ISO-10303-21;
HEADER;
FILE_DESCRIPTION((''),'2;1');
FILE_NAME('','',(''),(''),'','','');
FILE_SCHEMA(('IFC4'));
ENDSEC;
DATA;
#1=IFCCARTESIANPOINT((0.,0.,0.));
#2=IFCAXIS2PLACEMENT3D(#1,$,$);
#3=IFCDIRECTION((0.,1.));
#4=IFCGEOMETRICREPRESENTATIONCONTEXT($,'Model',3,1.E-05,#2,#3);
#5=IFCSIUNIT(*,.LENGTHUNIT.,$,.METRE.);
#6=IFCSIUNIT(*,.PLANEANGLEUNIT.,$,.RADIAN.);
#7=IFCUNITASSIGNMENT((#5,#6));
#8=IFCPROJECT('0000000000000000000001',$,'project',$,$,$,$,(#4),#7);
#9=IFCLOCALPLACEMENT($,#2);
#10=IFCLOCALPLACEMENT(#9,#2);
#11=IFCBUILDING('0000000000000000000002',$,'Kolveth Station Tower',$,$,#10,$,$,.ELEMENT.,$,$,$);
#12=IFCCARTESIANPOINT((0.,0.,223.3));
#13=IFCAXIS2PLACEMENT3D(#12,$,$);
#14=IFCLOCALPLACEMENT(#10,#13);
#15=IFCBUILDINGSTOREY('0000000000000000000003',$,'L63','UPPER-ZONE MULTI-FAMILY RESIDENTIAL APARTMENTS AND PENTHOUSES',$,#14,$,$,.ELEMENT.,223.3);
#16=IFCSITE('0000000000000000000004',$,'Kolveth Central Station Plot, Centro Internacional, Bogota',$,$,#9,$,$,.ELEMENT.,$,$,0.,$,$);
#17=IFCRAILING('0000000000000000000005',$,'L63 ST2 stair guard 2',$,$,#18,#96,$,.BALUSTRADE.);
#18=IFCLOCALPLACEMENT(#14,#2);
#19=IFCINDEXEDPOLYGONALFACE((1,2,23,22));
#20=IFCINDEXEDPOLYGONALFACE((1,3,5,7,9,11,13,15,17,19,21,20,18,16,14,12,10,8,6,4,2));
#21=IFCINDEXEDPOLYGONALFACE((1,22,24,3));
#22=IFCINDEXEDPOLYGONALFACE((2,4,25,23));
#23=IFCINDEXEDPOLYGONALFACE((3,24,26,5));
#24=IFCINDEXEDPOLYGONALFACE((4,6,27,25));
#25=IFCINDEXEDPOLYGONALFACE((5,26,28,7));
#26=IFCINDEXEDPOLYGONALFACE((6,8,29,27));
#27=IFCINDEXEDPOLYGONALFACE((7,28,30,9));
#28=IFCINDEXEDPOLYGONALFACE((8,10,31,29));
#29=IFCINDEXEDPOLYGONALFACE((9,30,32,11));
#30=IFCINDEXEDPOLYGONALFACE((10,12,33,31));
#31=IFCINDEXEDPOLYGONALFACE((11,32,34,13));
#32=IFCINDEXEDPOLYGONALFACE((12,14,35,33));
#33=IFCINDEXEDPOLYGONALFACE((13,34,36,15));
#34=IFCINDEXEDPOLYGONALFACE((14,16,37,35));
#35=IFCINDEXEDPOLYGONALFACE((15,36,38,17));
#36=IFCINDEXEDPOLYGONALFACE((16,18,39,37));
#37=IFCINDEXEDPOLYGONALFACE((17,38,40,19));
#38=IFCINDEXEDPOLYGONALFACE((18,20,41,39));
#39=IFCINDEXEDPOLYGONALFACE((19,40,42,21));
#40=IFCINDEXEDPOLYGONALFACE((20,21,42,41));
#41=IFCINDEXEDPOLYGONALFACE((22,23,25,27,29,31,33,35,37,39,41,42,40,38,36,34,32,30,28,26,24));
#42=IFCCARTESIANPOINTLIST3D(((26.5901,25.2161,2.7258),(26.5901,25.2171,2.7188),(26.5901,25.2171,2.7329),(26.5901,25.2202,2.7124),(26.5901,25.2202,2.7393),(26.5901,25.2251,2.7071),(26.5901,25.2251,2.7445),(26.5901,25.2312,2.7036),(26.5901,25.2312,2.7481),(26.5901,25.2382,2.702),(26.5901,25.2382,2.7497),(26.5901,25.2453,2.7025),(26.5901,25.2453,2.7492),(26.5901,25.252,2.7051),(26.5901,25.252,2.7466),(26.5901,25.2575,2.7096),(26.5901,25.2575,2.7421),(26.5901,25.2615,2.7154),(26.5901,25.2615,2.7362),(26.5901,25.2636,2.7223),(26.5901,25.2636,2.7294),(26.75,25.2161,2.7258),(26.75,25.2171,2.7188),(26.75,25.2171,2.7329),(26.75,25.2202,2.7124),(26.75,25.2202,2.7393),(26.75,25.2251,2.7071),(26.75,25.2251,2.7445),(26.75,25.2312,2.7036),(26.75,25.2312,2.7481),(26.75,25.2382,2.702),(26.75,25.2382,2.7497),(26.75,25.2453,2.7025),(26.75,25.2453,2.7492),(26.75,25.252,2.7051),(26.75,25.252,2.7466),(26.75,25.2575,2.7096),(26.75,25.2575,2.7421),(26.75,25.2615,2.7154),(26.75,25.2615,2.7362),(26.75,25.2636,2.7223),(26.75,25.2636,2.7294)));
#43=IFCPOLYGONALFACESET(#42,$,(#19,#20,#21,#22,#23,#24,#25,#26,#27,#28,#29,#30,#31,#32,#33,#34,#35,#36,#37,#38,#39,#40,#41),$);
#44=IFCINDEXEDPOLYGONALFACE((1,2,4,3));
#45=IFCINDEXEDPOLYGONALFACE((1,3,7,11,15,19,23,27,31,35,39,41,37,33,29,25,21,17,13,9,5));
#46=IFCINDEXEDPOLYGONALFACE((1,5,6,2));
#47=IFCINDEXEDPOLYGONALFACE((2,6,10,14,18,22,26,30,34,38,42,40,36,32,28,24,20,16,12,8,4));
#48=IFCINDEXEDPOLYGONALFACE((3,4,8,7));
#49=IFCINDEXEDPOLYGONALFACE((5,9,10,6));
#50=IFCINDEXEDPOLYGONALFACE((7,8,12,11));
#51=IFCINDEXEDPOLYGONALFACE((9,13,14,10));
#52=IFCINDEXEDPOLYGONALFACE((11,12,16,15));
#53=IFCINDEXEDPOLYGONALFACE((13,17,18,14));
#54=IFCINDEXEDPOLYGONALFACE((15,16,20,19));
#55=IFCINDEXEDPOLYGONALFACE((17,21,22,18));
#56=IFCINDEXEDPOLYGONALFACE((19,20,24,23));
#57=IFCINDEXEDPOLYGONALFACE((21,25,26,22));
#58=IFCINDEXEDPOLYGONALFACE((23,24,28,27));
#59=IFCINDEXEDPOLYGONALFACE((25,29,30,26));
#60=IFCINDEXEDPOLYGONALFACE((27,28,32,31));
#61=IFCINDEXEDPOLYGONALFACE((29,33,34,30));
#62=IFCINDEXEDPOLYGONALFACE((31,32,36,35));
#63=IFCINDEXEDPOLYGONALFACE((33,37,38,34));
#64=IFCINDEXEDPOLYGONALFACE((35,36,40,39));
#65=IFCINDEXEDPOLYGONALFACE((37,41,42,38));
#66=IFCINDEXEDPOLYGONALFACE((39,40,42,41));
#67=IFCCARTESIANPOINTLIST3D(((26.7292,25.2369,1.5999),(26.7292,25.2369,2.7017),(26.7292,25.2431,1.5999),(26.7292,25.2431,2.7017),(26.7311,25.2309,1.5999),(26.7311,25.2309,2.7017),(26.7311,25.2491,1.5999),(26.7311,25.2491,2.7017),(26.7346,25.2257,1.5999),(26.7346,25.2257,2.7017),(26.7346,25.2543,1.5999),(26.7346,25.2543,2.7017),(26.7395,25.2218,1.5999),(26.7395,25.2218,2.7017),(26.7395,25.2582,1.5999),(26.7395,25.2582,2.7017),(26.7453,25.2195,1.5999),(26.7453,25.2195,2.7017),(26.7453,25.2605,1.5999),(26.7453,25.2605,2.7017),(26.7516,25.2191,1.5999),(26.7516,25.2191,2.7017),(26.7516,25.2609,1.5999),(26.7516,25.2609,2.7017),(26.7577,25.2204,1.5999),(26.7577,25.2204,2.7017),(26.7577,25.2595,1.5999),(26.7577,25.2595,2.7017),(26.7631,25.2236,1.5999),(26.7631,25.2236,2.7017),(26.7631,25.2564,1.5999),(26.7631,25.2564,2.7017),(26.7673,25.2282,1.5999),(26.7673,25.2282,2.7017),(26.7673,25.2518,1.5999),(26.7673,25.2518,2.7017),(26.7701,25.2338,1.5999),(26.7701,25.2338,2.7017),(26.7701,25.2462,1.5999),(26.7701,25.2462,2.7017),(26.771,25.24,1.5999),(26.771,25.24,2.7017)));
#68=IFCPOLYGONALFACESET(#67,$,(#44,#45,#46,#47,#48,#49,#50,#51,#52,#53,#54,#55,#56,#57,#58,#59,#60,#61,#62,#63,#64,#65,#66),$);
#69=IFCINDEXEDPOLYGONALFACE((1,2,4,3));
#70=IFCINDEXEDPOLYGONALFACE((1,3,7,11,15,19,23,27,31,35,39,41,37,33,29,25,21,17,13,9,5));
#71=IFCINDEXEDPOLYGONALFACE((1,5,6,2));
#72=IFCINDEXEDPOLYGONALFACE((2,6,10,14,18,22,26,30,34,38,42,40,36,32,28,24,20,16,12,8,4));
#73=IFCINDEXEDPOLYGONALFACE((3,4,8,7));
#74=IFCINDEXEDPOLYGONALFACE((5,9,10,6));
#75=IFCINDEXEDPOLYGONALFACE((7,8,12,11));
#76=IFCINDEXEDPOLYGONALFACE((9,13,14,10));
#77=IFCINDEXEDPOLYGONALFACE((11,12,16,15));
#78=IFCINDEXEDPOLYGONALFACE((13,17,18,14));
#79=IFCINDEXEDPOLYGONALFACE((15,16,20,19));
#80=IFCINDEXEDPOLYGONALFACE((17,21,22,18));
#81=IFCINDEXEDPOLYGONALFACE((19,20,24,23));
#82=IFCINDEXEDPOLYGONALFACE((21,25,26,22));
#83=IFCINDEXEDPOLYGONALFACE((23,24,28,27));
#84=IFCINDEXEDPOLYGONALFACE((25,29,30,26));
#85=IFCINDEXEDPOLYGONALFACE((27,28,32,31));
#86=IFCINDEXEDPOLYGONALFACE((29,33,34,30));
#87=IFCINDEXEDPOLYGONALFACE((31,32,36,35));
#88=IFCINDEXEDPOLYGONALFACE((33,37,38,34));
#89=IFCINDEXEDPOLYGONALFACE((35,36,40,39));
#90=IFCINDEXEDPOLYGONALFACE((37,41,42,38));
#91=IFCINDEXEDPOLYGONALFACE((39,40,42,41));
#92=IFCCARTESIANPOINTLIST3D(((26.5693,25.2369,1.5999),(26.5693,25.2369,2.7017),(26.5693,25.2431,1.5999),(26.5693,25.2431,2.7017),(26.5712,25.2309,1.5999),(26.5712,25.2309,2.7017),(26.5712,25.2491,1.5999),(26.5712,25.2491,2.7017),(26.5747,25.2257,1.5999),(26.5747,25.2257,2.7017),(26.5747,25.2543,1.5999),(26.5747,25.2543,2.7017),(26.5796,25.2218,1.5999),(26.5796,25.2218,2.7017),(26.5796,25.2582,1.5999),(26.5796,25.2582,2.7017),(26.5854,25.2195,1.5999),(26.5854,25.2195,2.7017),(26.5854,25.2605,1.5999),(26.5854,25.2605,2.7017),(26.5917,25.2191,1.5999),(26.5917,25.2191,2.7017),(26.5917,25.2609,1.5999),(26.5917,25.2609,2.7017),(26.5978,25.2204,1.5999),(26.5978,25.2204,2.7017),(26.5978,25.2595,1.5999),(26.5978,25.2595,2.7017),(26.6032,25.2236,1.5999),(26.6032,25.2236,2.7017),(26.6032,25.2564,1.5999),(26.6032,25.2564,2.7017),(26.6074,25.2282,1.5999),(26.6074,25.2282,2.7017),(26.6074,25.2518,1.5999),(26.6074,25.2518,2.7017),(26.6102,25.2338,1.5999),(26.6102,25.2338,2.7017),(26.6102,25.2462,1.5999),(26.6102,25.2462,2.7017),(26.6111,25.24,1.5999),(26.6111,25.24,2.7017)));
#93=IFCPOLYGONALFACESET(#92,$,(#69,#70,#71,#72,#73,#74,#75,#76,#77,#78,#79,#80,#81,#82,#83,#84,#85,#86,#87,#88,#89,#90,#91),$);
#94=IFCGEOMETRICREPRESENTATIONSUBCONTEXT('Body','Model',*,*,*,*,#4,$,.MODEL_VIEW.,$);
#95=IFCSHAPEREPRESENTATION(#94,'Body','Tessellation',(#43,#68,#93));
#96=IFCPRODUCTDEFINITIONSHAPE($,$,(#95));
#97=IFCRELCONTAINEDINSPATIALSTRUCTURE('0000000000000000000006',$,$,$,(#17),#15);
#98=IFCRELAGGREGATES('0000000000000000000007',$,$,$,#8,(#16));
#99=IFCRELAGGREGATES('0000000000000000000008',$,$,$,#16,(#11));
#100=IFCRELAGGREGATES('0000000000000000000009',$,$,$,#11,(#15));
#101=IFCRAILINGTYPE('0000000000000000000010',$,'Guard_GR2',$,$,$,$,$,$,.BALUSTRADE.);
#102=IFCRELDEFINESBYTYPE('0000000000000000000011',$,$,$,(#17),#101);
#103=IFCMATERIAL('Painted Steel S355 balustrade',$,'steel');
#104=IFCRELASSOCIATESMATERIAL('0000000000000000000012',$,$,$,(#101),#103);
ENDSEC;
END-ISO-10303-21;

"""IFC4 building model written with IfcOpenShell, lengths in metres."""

from ifc_helpers import new_model, si_unit, direction, frame, origin, origin_2d, place, context, subcontext, project, spatial, circle, extrude, material, type_object, element, save


model = new_model("IFC4")

# Units and contexts
model_context = context("Model", 3, precision=1e-05, world=origin(), true_north=direction((0.0, 1.0)))
body_context = subcontext(model_context, "Body", "Model", "MODEL_VIEW")
ifc_project = project(units=[si_unit("LENGTHUNIT", "METRE"), si_unit("PLANEANGLEUNIT", "RADIAN")], contexts=[model_context])

# Site, building, storey
site_placement = place(None, origin())
site = spatial("IfcSite", under=ifc_project, at=site_placement, Name="Kolveth Central Station Plot, Centro Internacional, Bogota", CompositionType="ELEMENT", RefElevation=0.0)
building_placement = place(site_placement, origin())
building = spatial("IfcBuilding", under=site, at=building_placement, Name="Kolveth Station Tower", CompositionType="ELEMENT")
storey_placement = place(building_placement, frame((0.0, 0.0, 223.3)))
storey = spatial("IfcBuildingStorey", under=building, at=storey_placement, Name="L63", Description="UPPER-ZONE MULTI-FAMILY RESIDENTIAL APARTMENTS AND PENTHOUSES", CompositionType="ELEMENT", Elevation=223.3)

# Railing
ifc_material_1 = material(Name="Painted Steel S355 balustrade", Category="steel")
railing_type_1 = type_object("IfcRailingType", Name="Guard_GR2", PredefinedType="BALUSTRADE", material=ifc_material_1)
railing_1_placement = place(storey_placement, frame((26.75, 25.24, 1.5999)))
element("IfcRailing", 1, at=railing_1_placement, inside=storey, type_object=railing_type_1, Name="L63 ST2 stair guard 2", PredefinedType="BALUSTRADE", context=body_context, shape_type="SweptSolid", body=[
    extrude(circle(Radius=0.0239, at=origin_2d()), frame((0.0, 0.0, 1.126), z_axis=(-1.0, 0.0, 0.0), x_axis=(0.0, -1.0, 0.0)), (0.0, 0.0, 1.0), 0.1599),
    extrude(circle(Radius=0.021, at=origin_2d()), origin(), (0.0, 0.0, 1.0), 1.1018),
    extrude(circle(Radius=0.021, at=origin_2d()), frame((-0.1599, 0.0, 0.0)), (0.0, 0.0, 1.0), 1.1018),
])

save(model, "model.ifc")
